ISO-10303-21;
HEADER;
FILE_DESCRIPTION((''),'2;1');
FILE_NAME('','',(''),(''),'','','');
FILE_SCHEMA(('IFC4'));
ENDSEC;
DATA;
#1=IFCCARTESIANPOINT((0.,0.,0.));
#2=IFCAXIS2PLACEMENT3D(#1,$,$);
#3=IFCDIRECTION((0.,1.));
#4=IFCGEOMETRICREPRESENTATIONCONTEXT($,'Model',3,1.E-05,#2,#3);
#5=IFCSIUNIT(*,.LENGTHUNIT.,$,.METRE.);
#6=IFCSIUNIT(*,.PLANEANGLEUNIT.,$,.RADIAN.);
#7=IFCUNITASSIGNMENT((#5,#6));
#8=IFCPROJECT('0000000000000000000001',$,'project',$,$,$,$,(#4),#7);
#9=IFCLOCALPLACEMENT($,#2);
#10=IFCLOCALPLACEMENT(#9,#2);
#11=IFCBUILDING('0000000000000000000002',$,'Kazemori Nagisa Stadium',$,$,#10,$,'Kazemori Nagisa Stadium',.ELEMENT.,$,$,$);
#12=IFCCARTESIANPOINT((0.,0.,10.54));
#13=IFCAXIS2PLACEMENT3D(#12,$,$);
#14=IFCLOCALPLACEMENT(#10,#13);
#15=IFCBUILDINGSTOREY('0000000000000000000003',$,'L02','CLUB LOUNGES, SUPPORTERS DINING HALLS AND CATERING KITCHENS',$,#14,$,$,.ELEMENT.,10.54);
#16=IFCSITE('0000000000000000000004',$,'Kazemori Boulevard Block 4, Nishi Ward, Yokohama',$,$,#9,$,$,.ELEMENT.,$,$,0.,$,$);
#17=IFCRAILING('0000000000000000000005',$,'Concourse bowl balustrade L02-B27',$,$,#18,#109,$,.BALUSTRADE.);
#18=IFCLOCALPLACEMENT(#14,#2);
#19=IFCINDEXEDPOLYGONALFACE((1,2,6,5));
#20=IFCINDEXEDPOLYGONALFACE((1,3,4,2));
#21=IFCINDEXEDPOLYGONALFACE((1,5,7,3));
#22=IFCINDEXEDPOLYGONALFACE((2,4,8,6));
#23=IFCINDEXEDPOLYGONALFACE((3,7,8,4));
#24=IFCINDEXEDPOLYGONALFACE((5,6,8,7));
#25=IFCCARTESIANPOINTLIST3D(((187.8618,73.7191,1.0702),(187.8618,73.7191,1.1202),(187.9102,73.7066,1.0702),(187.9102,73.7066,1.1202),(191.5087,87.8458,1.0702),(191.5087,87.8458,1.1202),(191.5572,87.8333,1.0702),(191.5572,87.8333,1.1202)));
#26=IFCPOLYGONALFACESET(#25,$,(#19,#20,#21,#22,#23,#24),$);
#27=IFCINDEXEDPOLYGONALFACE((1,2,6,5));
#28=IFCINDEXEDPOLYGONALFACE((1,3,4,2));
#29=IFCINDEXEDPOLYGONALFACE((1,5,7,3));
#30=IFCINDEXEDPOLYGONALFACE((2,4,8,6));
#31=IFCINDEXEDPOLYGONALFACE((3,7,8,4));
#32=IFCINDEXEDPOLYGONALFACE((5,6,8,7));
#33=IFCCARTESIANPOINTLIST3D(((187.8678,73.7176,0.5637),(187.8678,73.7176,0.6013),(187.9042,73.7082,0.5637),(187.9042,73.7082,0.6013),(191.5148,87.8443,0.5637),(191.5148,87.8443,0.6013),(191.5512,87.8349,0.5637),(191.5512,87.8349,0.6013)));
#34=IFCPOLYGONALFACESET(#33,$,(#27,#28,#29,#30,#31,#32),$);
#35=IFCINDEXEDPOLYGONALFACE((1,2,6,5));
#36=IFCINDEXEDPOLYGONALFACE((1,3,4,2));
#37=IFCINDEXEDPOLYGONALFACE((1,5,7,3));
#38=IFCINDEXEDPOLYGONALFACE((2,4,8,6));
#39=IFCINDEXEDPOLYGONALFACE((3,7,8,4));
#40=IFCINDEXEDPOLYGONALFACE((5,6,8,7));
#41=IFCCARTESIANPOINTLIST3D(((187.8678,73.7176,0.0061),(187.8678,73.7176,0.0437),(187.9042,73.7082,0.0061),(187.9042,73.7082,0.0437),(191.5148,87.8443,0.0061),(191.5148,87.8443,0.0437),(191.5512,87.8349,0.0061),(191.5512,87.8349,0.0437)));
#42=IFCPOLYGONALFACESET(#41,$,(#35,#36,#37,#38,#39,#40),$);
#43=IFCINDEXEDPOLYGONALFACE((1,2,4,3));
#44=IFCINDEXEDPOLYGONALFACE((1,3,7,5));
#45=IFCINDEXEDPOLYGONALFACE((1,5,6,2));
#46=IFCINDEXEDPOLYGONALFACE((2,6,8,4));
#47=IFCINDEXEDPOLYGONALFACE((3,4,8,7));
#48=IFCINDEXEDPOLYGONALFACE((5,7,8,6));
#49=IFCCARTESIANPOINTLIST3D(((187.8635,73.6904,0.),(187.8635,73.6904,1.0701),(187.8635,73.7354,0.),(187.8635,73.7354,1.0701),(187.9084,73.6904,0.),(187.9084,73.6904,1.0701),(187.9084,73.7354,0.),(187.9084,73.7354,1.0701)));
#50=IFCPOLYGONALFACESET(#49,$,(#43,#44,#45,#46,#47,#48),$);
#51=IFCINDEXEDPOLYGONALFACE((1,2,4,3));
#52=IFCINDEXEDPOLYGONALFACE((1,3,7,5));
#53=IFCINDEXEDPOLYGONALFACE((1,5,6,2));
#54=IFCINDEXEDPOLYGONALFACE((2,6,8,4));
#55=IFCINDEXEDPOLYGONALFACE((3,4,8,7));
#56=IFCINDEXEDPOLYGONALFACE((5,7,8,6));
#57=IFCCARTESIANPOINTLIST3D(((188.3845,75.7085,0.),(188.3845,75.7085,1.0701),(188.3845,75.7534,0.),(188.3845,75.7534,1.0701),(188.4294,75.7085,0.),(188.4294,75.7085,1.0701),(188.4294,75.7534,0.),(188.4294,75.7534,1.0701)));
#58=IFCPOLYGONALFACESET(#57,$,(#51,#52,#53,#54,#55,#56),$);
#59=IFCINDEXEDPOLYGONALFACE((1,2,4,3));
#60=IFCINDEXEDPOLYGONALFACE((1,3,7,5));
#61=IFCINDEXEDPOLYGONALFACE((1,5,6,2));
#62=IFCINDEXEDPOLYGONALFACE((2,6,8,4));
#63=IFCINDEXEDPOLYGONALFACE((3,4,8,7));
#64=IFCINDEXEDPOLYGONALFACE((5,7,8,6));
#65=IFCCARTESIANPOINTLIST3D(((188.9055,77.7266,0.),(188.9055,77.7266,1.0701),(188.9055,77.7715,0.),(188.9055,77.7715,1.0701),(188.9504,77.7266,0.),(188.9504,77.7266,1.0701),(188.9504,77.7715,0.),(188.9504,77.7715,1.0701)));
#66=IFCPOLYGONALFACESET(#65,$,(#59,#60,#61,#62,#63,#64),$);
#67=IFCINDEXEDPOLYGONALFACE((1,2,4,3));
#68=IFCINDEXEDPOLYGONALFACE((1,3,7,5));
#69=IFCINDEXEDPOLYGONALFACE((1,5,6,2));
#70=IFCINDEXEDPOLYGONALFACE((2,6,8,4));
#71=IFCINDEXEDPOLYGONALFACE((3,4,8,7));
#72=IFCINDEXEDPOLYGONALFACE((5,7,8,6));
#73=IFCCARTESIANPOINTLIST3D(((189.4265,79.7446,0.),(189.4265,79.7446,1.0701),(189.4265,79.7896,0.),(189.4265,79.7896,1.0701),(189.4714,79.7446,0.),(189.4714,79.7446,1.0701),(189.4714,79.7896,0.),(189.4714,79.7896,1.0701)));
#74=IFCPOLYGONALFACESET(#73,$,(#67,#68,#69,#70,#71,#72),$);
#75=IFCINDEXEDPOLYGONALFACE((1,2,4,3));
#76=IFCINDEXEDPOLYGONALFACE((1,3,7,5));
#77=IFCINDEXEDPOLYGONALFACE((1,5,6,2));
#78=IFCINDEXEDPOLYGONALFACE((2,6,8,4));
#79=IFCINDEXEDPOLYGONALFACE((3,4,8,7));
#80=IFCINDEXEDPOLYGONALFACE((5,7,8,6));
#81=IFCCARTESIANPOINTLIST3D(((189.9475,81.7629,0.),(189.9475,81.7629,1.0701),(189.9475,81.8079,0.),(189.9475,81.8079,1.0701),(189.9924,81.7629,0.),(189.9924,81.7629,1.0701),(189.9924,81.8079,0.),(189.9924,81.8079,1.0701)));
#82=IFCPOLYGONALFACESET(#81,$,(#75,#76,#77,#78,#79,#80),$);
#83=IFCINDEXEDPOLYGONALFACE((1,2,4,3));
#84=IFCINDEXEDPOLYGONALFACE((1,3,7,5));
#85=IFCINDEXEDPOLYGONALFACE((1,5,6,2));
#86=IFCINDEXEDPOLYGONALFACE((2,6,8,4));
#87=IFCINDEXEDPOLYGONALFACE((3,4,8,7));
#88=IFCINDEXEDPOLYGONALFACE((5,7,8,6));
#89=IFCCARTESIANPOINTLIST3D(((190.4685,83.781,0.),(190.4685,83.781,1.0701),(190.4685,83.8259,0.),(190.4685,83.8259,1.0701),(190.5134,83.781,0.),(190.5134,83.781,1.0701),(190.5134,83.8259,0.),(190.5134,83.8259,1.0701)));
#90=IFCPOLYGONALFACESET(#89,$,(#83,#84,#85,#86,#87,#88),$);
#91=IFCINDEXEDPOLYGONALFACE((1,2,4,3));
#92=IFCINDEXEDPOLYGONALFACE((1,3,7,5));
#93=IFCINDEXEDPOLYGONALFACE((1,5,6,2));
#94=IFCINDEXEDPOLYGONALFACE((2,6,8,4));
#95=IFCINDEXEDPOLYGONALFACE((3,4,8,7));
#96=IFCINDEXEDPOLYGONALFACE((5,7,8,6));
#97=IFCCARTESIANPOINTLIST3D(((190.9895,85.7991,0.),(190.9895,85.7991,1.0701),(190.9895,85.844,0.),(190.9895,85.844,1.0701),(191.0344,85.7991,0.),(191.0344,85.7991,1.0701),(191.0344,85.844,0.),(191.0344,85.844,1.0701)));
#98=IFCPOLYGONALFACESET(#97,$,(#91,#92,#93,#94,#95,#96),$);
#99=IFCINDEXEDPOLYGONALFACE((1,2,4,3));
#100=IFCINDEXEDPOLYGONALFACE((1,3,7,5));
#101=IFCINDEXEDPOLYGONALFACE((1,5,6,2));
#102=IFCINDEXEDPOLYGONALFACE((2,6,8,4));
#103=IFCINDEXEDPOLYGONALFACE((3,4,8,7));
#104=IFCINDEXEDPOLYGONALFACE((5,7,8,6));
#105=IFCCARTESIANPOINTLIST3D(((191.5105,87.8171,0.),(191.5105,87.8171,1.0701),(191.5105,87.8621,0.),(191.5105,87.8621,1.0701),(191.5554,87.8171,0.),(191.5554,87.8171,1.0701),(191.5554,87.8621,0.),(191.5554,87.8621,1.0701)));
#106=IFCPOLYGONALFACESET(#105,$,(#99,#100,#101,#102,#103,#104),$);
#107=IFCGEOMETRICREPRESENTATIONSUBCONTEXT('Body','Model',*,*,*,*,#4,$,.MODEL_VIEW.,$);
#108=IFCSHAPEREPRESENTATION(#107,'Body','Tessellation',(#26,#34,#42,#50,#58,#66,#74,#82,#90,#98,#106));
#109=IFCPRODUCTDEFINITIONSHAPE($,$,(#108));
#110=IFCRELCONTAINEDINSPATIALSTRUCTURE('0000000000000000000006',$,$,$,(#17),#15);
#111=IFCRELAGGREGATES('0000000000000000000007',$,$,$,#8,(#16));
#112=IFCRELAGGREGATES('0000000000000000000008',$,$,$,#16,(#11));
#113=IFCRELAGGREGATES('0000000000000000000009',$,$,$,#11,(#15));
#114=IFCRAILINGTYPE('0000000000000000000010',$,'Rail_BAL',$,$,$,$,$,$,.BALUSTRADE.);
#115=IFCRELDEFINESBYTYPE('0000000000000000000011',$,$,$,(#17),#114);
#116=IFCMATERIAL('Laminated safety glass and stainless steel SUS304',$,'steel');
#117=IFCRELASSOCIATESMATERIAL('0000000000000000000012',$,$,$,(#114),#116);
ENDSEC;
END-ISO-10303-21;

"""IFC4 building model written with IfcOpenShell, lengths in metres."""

from ifc_helpers import new_model, si_unit, direction, frame, origin, origin_2d, place, context, subcontext, project, spatial, rectangle, extrude, material, type_object, element, save


model = new_model("IFC4")

# Units and contexts
model_context = context("Model", 3, precision=1e-05, world=origin(), true_north=direction((0.0, 1.0)))
body_context = subcontext(model_context, "Body", "Model", "MODEL_VIEW")
ifc_project = project(units=[si_unit("LENGTHUNIT", "METRE"), si_unit("PLANEANGLEUNIT", "RADIAN")], contexts=[model_context])

# Site, building, storey
site_placement = place(None, origin())
site = spatial("IfcSite", under=ifc_project, at=site_placement, Name="Kazemori Boulevard Block 4, Nishi Ward, Yokohama", CompositionType="ELEMENT", RefElevation=0.0)
building_placement = place(site_placement, origin())
building = spatial("IfcBuilding", under=site, at=building_placement, Name="Kazemori Nagisa Stadium", LongName="Kazemori Nagisa Stadium", CompositionType="ELEMENT")
storey_placement = place(building_placement, frame((0.0, 0.0, 10.54)))
storey = spatial("IfcBuildingStorey", under=building, at=storey_placement, Name="L02", Description="CLUB LOUNGES, SUPPORTERS DINING HALLS AND CATERING KITCHENS", CompositionType="ELEMENT", Elevation=10.54)

# Railing
ifc_material_1 = material(Name="Laminated safety glass and stainless steel SUS304", Category="steel")
railing_type = type_object("IfcRailingType", Name="Rail_BAL", PredefinedType="BALUSTRADE", material=ifc_material_1)
railing_placement = place(storey_placement, frame((187.886, 73.7129, 0.0)))
element("IfcRailing", 1, at=railing_placement, inside=storey, type_object=railing_type, Name="Concourse bowl balustrade L02-B27", PredefinedType="BALUSTRADE", context=body_context, shape_type="SweptSolid", body=[
    extrude(rectangle(XDim=0.05, YDim=0.05, at=origin_2d()), frame((0.0, 0.0, 1.0952), z_axis=(0.249966, 0.968255, 0.0), x_axis=(-0.968255, 0.249966, 0.0)), (0.0, 0.0, 1.0), 14.5898),
    extrude(rectangle(XDim=0.0376, YDim=0.0376, at=origin_2d()), frame((0.0, 0.0, 0.5825), z_axis=(0.249966, 0.968255, 0.0), x_axis=(-0.968255, 0.249966, 0.0)), (0.0, 0.0, 1.0), 14.5898),
    extrude(rectangle(XDim=0.0376, YDim=0.0376, at=origin_2d()), frame((0.0, 0.0, 0.0249), z_axis=(0.249966, 0.968255, 0.0), x_axis=(-0.968255, 0.249966, 0.0)), (0.0, 0.0, 1.0), 14.5898),
    extrude(rectangle(XDim=0.0449, YDim=0.0449, at=origin_2d()), origin(), (0.0, 0.0, 1.0), 1.0701),
    extrude(rectangle(XDim=0.0449, YDim=0.0449, at=origin_2d()), frame((0.521, 2.0181, 0.0)), (0.0, 0.0, 1.0), 1.0701),
    extrude(rectangle(XDim=0.0449, YDim=0.0449, at=origin_2d()), frame((1.042, 4.0361, 0.0)), (0.0, 0.0, 1.0), 1.0701),
    extrude(rectangle(XDim=0.0449, YDim=0.0449, at=origin_2d()), frame((1.563, 6.0542, 0.0)), (0.0, 0.0, 1.0), 1.0701),
    extrude(rectangle(XDim=0.0449, YDim=0.0449, at=origin_2d()), frame((2.084, 8.0725, 0.0)), (0.0, 0.0, 1.0), 1.0701),
    extrude(rectangle(XDim=0.0449, YDim=0.0449, at=origin_2d()), frame((2.605, 10.0906, 0.0)), (0.0, 0.0, 1.0), 1.0701),
    extrude(rectangle(XDim=0.0449, YDim=0.0449, at=origin_2d()), frame((3.126, 12.1086, 0.0)), (0.0, 0.0, 1.0), 1.0701),
    extrude(rectangle(XDim=0.0449, YDim=0.0449, at=origin_2d()), frame((3.647, 14.1267, 0.0)), (0.0, 0.0, 1.0), 1.0701),
])

save(model, "model.ifc")
